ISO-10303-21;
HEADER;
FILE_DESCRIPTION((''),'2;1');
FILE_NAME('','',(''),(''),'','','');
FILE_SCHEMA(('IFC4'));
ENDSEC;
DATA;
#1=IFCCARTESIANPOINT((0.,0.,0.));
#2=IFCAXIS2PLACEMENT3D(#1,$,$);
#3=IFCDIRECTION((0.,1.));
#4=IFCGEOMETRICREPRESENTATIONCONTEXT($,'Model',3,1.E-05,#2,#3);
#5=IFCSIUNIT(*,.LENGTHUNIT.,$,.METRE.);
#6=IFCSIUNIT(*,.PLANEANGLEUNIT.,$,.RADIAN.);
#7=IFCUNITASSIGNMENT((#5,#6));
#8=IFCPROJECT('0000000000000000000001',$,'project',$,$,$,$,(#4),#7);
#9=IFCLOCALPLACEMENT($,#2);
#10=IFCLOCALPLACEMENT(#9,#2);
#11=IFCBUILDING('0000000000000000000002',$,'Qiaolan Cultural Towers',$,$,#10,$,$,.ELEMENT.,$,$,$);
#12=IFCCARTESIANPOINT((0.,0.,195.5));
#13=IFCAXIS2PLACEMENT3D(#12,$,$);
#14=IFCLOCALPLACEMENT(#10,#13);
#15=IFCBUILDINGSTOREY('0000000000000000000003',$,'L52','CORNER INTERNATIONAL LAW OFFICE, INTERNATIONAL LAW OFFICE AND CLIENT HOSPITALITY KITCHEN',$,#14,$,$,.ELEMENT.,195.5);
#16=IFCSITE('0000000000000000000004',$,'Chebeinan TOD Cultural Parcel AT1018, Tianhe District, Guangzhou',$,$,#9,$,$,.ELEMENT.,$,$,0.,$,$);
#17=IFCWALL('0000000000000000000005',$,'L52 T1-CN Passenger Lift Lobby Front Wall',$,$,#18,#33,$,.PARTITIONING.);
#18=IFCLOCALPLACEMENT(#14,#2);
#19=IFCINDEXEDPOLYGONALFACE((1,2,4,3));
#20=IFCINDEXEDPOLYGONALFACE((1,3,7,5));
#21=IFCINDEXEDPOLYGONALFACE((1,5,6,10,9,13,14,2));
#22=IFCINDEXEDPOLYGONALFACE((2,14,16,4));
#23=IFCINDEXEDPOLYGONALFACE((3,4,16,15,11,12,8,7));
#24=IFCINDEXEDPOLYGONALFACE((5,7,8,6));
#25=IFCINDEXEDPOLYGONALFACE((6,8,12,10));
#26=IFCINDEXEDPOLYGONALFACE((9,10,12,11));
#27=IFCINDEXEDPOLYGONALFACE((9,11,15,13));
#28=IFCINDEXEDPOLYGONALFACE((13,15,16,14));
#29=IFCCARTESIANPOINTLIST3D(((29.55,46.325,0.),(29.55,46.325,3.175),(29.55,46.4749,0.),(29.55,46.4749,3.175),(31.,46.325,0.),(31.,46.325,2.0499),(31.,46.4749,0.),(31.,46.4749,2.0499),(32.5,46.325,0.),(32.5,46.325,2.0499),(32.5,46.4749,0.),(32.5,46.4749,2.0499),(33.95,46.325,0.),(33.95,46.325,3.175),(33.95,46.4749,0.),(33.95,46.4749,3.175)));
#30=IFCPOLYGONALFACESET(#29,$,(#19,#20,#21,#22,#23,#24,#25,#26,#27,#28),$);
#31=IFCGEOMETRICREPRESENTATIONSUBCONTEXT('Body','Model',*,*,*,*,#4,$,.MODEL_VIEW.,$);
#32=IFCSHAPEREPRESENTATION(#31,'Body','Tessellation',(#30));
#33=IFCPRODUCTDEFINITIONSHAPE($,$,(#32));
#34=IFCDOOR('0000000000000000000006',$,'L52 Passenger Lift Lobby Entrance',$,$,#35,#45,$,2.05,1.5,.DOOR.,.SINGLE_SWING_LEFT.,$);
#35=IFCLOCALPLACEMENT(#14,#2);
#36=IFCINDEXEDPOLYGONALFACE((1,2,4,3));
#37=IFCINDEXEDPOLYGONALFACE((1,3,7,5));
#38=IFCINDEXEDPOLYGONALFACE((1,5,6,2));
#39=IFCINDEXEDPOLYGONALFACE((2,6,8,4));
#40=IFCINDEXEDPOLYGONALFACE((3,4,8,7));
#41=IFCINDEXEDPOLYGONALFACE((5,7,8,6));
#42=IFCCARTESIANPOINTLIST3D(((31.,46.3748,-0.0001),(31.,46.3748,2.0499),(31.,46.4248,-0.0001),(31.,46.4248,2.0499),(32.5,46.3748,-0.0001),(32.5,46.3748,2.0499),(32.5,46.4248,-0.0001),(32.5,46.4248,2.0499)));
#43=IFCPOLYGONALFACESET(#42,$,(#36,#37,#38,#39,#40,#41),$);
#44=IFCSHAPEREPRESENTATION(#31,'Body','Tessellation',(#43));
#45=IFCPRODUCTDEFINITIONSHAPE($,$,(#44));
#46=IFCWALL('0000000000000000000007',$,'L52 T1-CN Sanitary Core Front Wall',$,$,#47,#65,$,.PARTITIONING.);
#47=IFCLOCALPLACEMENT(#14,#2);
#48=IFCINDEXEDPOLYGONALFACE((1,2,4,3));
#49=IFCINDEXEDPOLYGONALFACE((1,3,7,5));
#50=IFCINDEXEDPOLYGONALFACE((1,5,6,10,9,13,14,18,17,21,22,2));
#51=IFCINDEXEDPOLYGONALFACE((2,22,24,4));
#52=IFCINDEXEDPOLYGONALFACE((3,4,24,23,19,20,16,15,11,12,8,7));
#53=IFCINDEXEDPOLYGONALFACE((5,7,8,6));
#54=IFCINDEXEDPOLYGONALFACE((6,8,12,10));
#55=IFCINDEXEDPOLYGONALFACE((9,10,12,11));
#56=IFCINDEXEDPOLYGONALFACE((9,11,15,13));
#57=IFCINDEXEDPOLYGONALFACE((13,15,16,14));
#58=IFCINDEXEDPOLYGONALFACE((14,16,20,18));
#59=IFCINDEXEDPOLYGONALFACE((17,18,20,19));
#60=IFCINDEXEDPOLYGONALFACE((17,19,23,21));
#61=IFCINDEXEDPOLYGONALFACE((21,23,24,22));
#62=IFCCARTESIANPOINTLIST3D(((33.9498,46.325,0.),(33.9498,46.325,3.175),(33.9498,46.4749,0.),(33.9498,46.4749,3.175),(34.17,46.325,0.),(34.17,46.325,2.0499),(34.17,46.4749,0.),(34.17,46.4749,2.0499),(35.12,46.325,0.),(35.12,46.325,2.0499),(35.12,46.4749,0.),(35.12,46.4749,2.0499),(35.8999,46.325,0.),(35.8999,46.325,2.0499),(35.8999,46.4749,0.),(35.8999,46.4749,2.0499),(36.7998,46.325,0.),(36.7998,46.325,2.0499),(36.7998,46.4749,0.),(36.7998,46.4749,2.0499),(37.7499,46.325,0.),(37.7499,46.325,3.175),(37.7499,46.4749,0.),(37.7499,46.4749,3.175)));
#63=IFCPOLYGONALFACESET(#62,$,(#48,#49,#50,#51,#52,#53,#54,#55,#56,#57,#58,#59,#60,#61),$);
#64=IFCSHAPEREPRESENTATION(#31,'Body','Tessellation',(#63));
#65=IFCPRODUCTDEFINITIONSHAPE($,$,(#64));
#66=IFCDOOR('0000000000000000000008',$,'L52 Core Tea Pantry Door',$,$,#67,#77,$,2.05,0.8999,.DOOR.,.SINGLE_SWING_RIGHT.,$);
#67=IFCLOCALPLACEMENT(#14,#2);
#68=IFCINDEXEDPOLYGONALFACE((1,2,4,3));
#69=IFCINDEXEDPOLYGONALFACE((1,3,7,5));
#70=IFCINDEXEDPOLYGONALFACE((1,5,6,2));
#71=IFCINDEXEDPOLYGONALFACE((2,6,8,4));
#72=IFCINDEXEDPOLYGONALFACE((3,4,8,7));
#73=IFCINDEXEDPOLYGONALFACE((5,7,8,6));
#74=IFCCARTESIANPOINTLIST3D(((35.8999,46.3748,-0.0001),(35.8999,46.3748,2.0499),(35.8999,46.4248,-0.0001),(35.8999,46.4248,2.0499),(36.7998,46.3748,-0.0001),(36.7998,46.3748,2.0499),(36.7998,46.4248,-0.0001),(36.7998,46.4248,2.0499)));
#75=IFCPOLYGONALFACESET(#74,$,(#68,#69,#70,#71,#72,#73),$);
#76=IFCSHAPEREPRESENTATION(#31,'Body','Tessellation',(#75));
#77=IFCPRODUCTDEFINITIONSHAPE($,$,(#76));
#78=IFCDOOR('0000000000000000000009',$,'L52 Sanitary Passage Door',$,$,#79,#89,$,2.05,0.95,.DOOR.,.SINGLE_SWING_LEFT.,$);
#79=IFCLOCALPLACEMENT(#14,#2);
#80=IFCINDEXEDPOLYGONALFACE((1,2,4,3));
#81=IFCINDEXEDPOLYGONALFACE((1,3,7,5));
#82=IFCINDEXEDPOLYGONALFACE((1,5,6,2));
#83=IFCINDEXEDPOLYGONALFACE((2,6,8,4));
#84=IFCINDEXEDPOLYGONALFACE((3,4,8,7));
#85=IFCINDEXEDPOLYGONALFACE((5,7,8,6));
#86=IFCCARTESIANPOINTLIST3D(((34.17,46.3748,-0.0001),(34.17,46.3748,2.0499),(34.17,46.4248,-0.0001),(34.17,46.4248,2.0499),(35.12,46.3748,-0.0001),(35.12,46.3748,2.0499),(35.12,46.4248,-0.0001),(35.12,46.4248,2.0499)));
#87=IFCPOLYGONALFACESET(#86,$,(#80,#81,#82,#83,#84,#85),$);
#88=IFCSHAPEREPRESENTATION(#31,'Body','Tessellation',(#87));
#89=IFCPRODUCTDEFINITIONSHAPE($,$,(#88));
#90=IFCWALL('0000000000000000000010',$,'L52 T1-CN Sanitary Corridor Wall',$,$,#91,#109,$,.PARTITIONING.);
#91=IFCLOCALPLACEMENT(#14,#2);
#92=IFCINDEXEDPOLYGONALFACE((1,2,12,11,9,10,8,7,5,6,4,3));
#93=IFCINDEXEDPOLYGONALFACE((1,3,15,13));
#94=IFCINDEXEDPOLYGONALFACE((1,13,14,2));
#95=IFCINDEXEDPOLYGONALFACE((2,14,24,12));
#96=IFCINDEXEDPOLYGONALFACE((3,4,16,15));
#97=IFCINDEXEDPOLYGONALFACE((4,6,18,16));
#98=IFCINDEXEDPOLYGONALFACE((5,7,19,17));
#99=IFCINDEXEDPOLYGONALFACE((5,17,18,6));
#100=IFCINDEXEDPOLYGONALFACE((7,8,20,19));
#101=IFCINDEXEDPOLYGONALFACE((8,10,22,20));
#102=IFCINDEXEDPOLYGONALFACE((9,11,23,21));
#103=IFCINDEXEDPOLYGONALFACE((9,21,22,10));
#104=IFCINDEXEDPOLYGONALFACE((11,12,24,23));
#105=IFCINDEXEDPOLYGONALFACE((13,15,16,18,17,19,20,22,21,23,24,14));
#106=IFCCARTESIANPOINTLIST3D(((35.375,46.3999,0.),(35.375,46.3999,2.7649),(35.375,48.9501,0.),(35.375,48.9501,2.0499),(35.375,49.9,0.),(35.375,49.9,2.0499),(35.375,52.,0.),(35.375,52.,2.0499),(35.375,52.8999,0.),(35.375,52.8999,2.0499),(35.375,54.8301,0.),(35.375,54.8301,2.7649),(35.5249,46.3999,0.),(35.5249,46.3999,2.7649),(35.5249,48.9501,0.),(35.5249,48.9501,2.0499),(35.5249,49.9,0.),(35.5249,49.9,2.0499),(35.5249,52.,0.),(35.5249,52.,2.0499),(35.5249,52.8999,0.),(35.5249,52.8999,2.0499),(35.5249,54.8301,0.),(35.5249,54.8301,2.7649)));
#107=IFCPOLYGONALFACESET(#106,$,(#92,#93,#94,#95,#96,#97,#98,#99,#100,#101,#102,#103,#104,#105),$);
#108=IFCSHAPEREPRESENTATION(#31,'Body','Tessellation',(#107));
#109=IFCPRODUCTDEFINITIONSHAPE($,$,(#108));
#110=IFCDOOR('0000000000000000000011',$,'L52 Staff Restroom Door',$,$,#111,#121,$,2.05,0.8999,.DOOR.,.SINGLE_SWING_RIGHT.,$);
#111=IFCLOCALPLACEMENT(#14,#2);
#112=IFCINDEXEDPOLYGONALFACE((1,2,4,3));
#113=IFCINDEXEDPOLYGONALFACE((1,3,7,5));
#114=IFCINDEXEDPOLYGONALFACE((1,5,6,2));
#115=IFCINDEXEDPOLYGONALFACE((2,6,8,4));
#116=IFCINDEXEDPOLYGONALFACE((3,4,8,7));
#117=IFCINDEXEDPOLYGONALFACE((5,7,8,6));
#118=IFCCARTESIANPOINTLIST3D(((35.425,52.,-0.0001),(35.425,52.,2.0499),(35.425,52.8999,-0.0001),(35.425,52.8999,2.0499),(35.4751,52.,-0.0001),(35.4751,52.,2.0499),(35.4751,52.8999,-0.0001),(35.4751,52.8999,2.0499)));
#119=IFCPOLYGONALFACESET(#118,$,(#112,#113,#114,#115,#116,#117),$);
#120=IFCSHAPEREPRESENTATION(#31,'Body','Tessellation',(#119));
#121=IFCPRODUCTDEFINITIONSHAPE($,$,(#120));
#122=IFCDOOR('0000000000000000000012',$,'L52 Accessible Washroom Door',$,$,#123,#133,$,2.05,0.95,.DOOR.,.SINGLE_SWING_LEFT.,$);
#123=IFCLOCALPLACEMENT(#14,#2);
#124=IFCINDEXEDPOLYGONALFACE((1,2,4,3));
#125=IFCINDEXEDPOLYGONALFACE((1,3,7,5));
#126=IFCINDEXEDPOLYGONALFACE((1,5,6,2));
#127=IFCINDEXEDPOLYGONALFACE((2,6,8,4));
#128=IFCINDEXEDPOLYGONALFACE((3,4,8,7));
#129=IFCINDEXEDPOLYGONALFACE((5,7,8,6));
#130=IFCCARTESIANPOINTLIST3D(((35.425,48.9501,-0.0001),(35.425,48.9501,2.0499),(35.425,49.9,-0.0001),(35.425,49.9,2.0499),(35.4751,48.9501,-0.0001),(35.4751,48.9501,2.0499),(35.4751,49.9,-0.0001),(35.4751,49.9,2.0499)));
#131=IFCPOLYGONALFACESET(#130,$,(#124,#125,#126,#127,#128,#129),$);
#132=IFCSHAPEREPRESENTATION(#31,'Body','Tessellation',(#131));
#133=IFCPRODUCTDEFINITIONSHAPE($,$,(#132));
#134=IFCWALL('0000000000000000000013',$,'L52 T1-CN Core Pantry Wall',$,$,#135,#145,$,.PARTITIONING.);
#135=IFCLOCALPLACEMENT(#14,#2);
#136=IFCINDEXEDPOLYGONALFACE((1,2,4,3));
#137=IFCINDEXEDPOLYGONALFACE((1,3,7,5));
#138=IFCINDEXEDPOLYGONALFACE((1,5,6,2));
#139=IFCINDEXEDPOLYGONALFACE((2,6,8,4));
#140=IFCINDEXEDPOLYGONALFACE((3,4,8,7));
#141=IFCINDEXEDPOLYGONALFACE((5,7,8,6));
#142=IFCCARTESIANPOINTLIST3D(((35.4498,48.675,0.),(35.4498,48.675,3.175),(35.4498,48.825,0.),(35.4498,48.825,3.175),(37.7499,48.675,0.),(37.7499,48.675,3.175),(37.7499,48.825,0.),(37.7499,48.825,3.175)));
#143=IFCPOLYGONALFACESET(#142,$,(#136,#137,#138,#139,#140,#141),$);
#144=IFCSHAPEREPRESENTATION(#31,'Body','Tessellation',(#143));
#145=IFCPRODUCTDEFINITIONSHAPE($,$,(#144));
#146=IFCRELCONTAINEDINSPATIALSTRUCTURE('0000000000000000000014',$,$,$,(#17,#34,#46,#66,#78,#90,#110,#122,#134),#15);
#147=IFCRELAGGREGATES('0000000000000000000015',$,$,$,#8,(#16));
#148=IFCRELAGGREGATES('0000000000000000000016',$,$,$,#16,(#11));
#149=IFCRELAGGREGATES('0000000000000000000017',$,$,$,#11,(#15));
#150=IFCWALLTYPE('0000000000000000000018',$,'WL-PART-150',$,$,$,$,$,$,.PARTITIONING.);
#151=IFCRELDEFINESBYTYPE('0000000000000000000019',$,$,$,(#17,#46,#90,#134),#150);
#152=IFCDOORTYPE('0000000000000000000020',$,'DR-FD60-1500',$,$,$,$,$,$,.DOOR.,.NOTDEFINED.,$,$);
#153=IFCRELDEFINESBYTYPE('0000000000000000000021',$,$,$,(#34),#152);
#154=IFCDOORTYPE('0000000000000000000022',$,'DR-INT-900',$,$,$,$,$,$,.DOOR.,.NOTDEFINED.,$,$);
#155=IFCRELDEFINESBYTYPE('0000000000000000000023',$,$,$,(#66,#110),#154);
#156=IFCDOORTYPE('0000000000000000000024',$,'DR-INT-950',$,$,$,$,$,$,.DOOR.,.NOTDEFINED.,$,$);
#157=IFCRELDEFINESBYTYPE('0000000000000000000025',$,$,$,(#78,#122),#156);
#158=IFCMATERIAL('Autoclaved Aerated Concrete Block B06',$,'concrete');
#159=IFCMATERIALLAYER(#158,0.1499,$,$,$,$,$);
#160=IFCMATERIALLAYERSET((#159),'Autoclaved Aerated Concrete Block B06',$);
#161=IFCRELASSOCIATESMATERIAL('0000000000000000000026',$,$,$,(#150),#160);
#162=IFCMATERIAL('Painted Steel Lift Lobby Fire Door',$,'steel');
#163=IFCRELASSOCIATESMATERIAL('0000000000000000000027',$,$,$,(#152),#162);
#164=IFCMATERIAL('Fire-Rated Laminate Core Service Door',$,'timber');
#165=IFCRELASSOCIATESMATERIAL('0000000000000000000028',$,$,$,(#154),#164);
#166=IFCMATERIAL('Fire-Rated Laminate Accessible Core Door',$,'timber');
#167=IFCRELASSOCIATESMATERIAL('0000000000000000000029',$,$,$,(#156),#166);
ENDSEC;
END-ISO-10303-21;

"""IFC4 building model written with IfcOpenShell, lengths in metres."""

from ifc_helpers import new_model, si_unit, direction, frame, frame_2d, origin, place, context, subcontext, project, spatial, rectangle, extrude, material, layer, layer_set, type_object, element, fill, save


model = new_model("IFC4")

# Units and contexts
model_context = context("Model", 3, precision=1e-05, world=origin(), true_north=direction((0.0, 1.0)))
body_context = subcontext(model_context, "Body", "Model", "MODEL_VIEW")
ifc_project = project(units=[si_unit("LENGTHUNIT", "METRE"), si_unit("PLANEANGLEUNIT", "RADIAN")], contexts=[model_context])

# Site, building, storey
site_placement = place(None, origin())
site = spatial("IfcSite", under=ifc_project, at=site_placement, Name="Chebeinan TOD Cultural Parcel AT1018, Tianhe District, Guangzhou", CompositionType="ELEMENT", RefElevation=0.0)
building_placement = place(site_placement, origin())
building = spatial("IfcBuilding", under=site, at=building_placement, Name="Qiaolan Cultural Towers", CompositionType="ELEMENT")
storey_placement = place(building_placement, frame((0.0, 0.0, 195.5)))
storey = spatial("IfcBuildingStorey", under=building, at=storey_placement, Name="L52", Description="CORNER INTERNATIONAL LAW OFFICE, INTERNATIONAL LAW OFFICE AND CLIENT HOSPITALITY KITCHEN", CompositionType="ELEMENT", Elevation=195.5)

# Wall, opening, door
ifc_material_1 = material(Name="Autoclaved Aerated Concrete Block B06", Category="concrete")
ifc_layer_1 = layer(ifc_material_1, 0.1499)
ifc_layer_set_1 = layer_set([ifc_layer_1], Name="Autoclaved Aerated Concrete Block B06")
wall_type_1 = type_object("IfcWallType", Name="WL-PART-150", PredefinedType="PARTITIONING", material=ifc_layer_set_1)
wall_1_placement = place(storey_placement, frame((29.55, 46.3999, 0.0), z_axis=(0.0, 0.0, 1.0), x_axis=(1.0, 0.0, 0.0)))
wall_1 = element("IfcWall", 1, at=wall_1_placement, inside=storey, type_object=wall_type_1, Name="L52 T1-CN Passenger Lift Lobby Front Wall", PredefinedType="PARTITIONING", context=body_context, shape_type="SweptSolid", body=[
    extrude(rectangle(XDim=4.3999, YDim=0.1499, at=frame_2d((2.2, 0.0))), origin(), (0.0, 0.0, 1.0), 3.175),
])
opening_1_placement = place(wall_1_placement, frame((1.45, 0.0, 0.0)))
opening_1 = element("IfcOpeningElement", 2, at=opening_1_placement, cuts=wall_1, PredefinedType="OPENING", context=body_context, shape_type="SweptSolid", body=[
    extrude(rectangle(XDim=1.5, YDim=2.05, at=frame_2d((0.75, 1.0249))), frame((0.0, 0.085, 0.0), z_axis=(0.0, -1.0, 0.0), x_axis=(1.0, 0.0, 0.0)), (0.0, 0.0, 1.0), 0.1699),
])
ifc_material_2 = material(Name="Painted Steel Lift Lobby Fire Door", Category="steel")
door_type_1 = type_object("IfcDoorType", Name="DR-FD60-1500", OperationType="NOTDEFINED", PredefinedType="DOOR", material=ifc_material_2)
door_1_placement = place(opening_1_placement, origin())
door_1 = element("IfcDoor", 3, at=door_1_placement, inside=storey, type_object=door_type_1, Name="L52 Passenger Lift Lobby Entrance", OperationType="SINGLE_SWING_LEFT", OverallHeight=2.05, OverallWidth=1.5, PredefinedType="DOOR", context=body_context, shape_type="SweptSolid", body=[
    extrude(rectangle(XDim=1.5, YDim=2.05, at=frame_2d((0.75, 1.0249))), frame((0.0, 0.0249, 0.0), z_axis=(0.0, -1.0, 0.0), x_axis=(1.0, 0.0, 0.0)), (0.0, 0.0, 1.0), 0.05),
])
fill(opening_1, door_1)

# Walls, openings, doors
wall_2_placement = place(storey_placement, frame((33.95, 46.3999, 0.0), z_axis=(0.0, 0.0, 1.0), x_axis=(1.0, 0.0, 0.0)))
wall_2 = element("IfcWall", 4, at=wall_2_placement, inside=storey, type_object=wall_type_1, Name="L52 T1-CN Sanitary Core Front Wall", PredefinedType="PARTITIONING", context=body_context, shape_type="SweptSolid", body=[
    extrude(rectangle(XDim=3.8, YDim=0.1499, at=frame_2d((1.8999, 0.0))), origin(), (0.0, 0.0, 1.0), 3.175),
])
opening_2_placement = place(wall_2_placement, frame((0.22, 0.0, 0.0)))
opening_2 = element("IfcOpeningElement", 5, at=opening_2_placement, cuts=wall_2, PredefinedType="OPENING", context=body_context, shape_type="SweptSolid", body=[
    extrude(rectangle(XDim=0.95, YDim=2.05, at=frame_2d((0.4751, 1.0249))), frame((0.0, 0.085, 0.0), z_axis=(0.0, -1.0, 0.0), x_axis=(1.0, 0.0, 0.0)), (0.0, 0.0, 1.0), 0.1699),
])
opening_3_placement = place(wall_2_placement, frame((1.95, 0.0, 0.0)))
opening_3 = element("IfcOpeningElement", 6, at=opening_3_placement, cuts=wall_2, PredefinedType="OPENING", context=body_context, shape_type="SweptSolid", body=[
    extrude(rectangle(XDim=0.8999, YDim=2.05, at=frame_2d((0.45, 1.0249))), frame((0.0, 0.085, 0.0), z_axis=(0.0, -1.0, 0.0), x_axis=(1.0, 0.0, 0.0)), (0.0, 0.0, 1.0), 0.1699),
])
ifc_material_3 = material(Name="Fire-Rated Laminate Core Service Door", Category="timber")
door_type_2 = type_object("IfcDoorType", Name="DR-INT-900", OperationType="NOTDEFINED", PredefinedType="DOOR", material=ifc_material_3)
door_2_placement = place(opening_3_placement, origin())
door_2 = element("IfcDoor", 7, at=door_2_placement, inside=storey, type_object=door_type_2, Name="L52 Core Tea Pantry Door", OperationType="SINGLE_SWING_RIGHT", OverallHeight=2.05, OverallWidth=0.8999, PredefinedType="DOOR", context=body_context, shape_type="SweptSolid", body=[
    extrude(rectangle(XDim=0.8999, YDim=2.05, at=frame_2d((0.45, 1.0249))), frame((0.0, 0.0249, 0.0), z_axis=(0.0, -1.0, 0.0), x_axis=(1.0, 0.0, 0.0)), (0.0, 0.0, 1.0), 0.05),
])
fill(opening_3, door_2)
ifc_material_4 = material(Name="Fire-Rated Laminate Accessible Core Door", Category="timber")
door_type_3 = type_object("IfcDoorType", Name="DR-INT-950", OperationType="NOTDEFINED", PredefinedType="DOOR", material=ifc_material_4)
door_3_placement = place(opening_2_placement, origin())
door_3 = element("IfcDoor", 8, at=door_3_placement, inside=storey, type_object=door_type_3, Name="L52 Sanitary Passage Door", OperationType="SINGLE_SWING_LEFT", OverallHeight=2.05, OverallWidth=0.95, PredefinedType="DOOR", context=body_context, shape_type="SweptSolid", body=[
    extrude(rectangle(XDim=0.95, YDim=2.05, at=frame_2d((0.4751, 1.0249))), frame((0.0, 0.0249, 0.0), z_axis=(0.0, -1.0, 0.0), x_axis=(1.0, 0.0, 0.0)), (0.0, 0.0, 1.0), 0.05),
])
fill(opening_2, door_3)
wall_3_placement = place(storey_placement, frame((35.45, 46.3999, 0.0), z_axis=(0.0, 0.0, 1.0), x_axis=(0.0, 1.0, 0.0)))
wall_3 = element("IfcWall", 9, at=wall_3_placement, inside=storey, type_object=wall_type_1, Name="L52 T1-CN Sanitary Corridor Wall", PredefinedType="PARTITIONING", context=body_context, shape_type="SweptSolid", body=[
    extrude(rectangle(XDim=8.4302, YDim=0.1499, at=frame_2d((4.2151, 0.0))), origin(), (0.0, 0.0, 1.0), 2.7649),
])
opening_4_placement = place(wall_3_placement, frame((2.55, 0.0, 0.0)))
opening_4 = element("IfcOpeningElement", 10, at=opening_4_placement, cuts=wall_3, PredefinedType="OPENING", context=body_context, shape_type="SweptSolid", body=[
    extrude(rectangle(XDim=0.95, YDim=2.05, at=frame_2d((0.4751, 1.0249))), frame((0.0, 0.085, 0.0), z_axis=(0.0, -1.0, 0.0), x_axis=(1.0, 0.0, 0.0)), (0.0, 0.0, 1.0), 0.1699),
])
opening_5_placement = place(wall_3_placement, frame((5.6001, 0.0, 0.0)))
opening_5 = element("IfcOpeningElement", 11, at=opening_5_placement, cuts=wall_3, PredefinedType="OPENING", context=body_context, shape_type="SweptSolid", body=[
    extrude(rectangle(XDim=0.8999, YDim=2.05, at=frame_2d((0.45, 1.0249))), frame((0.0, 0.085, 0.0), z_axis=(0.0, -1.0, 0.0), x_axis=(1.0, 0.0, 0.0)), (0.0, 0.0, 1.0), 0.1699),
])
door_4_placement = place(opening_5_placement, origin())
door_4 = element("IfcDoor", 12, at=door_4_placement, inside=storey, type_object=door_type_2, Name="L52 Staff Restroom Door", OperationType="SINGLE_SWING_RIGHT", OverallHeight=2.05, OverallWidth=0.8999, PredefinedType="DOOR", context=body_context, shape_type="SweptSolid", body=[
    extrude(rectangle(XDim=0.8999, YDim=2.05, at=frame_2d((0.45, 1.0249))), frame((0.0, 0.0249, 0.0), z_axis=(0.0, -1.0, 0.0), x_axis=(1.0, 0.0, 0.0)), (0.0, 0.0, 1.0), 0.05),
])
fill(opening_5, door_4)
door_5_placement = place(opening_4_placement, origin())
door_5 = element("IfcDoor", 13, at=door_5_placement, inside=storey, type_object=door_type_3, Name="L52 Accessible Washroom Door", OperationType="SINGLE_SWING_LEFT", OverallHeight=2.05, OverallWidth=0.95, PredefinedType="DOOR", context=body_context, shape_type="SweptSolid", body=[
    extrude(rectangle(XDim=0.95, YDim=2.05, at=frame_2d((0.4751, 1.0249))), frame((0.0, 0.0249, 0.0), z_axis=(0.0, -1.0, 0.0), x_axis=(1.0, 0.0, 0.0)), (0.0, 0.0, 1.0), 0.05),
])
fill(opening_4, door_5)

# Wall
wall_4_placement = place(storey_placement, frame((35.45, 48.75, 0.0), z_axis=(0.0, 0.0, 1.0), x_axis=(1.0, 0.0, 0.0)))
element("IfcWall", 14, at=wall_4_placement, inside=storey, type_object=wall_type_1, Name="L52 T1-CN Core Pantry Wall", PredefinedType="PARTITIONING", context=body_context, shape_type="SweptSolid", body=[
    extrude(rectangle(XDim=2.3, YDim=0.1499, at=frame_2d((1.1499, 0.0))), origin(), (0.0, 0.0, 1.0), 3.175),
])

save(model, "model.ifc")
